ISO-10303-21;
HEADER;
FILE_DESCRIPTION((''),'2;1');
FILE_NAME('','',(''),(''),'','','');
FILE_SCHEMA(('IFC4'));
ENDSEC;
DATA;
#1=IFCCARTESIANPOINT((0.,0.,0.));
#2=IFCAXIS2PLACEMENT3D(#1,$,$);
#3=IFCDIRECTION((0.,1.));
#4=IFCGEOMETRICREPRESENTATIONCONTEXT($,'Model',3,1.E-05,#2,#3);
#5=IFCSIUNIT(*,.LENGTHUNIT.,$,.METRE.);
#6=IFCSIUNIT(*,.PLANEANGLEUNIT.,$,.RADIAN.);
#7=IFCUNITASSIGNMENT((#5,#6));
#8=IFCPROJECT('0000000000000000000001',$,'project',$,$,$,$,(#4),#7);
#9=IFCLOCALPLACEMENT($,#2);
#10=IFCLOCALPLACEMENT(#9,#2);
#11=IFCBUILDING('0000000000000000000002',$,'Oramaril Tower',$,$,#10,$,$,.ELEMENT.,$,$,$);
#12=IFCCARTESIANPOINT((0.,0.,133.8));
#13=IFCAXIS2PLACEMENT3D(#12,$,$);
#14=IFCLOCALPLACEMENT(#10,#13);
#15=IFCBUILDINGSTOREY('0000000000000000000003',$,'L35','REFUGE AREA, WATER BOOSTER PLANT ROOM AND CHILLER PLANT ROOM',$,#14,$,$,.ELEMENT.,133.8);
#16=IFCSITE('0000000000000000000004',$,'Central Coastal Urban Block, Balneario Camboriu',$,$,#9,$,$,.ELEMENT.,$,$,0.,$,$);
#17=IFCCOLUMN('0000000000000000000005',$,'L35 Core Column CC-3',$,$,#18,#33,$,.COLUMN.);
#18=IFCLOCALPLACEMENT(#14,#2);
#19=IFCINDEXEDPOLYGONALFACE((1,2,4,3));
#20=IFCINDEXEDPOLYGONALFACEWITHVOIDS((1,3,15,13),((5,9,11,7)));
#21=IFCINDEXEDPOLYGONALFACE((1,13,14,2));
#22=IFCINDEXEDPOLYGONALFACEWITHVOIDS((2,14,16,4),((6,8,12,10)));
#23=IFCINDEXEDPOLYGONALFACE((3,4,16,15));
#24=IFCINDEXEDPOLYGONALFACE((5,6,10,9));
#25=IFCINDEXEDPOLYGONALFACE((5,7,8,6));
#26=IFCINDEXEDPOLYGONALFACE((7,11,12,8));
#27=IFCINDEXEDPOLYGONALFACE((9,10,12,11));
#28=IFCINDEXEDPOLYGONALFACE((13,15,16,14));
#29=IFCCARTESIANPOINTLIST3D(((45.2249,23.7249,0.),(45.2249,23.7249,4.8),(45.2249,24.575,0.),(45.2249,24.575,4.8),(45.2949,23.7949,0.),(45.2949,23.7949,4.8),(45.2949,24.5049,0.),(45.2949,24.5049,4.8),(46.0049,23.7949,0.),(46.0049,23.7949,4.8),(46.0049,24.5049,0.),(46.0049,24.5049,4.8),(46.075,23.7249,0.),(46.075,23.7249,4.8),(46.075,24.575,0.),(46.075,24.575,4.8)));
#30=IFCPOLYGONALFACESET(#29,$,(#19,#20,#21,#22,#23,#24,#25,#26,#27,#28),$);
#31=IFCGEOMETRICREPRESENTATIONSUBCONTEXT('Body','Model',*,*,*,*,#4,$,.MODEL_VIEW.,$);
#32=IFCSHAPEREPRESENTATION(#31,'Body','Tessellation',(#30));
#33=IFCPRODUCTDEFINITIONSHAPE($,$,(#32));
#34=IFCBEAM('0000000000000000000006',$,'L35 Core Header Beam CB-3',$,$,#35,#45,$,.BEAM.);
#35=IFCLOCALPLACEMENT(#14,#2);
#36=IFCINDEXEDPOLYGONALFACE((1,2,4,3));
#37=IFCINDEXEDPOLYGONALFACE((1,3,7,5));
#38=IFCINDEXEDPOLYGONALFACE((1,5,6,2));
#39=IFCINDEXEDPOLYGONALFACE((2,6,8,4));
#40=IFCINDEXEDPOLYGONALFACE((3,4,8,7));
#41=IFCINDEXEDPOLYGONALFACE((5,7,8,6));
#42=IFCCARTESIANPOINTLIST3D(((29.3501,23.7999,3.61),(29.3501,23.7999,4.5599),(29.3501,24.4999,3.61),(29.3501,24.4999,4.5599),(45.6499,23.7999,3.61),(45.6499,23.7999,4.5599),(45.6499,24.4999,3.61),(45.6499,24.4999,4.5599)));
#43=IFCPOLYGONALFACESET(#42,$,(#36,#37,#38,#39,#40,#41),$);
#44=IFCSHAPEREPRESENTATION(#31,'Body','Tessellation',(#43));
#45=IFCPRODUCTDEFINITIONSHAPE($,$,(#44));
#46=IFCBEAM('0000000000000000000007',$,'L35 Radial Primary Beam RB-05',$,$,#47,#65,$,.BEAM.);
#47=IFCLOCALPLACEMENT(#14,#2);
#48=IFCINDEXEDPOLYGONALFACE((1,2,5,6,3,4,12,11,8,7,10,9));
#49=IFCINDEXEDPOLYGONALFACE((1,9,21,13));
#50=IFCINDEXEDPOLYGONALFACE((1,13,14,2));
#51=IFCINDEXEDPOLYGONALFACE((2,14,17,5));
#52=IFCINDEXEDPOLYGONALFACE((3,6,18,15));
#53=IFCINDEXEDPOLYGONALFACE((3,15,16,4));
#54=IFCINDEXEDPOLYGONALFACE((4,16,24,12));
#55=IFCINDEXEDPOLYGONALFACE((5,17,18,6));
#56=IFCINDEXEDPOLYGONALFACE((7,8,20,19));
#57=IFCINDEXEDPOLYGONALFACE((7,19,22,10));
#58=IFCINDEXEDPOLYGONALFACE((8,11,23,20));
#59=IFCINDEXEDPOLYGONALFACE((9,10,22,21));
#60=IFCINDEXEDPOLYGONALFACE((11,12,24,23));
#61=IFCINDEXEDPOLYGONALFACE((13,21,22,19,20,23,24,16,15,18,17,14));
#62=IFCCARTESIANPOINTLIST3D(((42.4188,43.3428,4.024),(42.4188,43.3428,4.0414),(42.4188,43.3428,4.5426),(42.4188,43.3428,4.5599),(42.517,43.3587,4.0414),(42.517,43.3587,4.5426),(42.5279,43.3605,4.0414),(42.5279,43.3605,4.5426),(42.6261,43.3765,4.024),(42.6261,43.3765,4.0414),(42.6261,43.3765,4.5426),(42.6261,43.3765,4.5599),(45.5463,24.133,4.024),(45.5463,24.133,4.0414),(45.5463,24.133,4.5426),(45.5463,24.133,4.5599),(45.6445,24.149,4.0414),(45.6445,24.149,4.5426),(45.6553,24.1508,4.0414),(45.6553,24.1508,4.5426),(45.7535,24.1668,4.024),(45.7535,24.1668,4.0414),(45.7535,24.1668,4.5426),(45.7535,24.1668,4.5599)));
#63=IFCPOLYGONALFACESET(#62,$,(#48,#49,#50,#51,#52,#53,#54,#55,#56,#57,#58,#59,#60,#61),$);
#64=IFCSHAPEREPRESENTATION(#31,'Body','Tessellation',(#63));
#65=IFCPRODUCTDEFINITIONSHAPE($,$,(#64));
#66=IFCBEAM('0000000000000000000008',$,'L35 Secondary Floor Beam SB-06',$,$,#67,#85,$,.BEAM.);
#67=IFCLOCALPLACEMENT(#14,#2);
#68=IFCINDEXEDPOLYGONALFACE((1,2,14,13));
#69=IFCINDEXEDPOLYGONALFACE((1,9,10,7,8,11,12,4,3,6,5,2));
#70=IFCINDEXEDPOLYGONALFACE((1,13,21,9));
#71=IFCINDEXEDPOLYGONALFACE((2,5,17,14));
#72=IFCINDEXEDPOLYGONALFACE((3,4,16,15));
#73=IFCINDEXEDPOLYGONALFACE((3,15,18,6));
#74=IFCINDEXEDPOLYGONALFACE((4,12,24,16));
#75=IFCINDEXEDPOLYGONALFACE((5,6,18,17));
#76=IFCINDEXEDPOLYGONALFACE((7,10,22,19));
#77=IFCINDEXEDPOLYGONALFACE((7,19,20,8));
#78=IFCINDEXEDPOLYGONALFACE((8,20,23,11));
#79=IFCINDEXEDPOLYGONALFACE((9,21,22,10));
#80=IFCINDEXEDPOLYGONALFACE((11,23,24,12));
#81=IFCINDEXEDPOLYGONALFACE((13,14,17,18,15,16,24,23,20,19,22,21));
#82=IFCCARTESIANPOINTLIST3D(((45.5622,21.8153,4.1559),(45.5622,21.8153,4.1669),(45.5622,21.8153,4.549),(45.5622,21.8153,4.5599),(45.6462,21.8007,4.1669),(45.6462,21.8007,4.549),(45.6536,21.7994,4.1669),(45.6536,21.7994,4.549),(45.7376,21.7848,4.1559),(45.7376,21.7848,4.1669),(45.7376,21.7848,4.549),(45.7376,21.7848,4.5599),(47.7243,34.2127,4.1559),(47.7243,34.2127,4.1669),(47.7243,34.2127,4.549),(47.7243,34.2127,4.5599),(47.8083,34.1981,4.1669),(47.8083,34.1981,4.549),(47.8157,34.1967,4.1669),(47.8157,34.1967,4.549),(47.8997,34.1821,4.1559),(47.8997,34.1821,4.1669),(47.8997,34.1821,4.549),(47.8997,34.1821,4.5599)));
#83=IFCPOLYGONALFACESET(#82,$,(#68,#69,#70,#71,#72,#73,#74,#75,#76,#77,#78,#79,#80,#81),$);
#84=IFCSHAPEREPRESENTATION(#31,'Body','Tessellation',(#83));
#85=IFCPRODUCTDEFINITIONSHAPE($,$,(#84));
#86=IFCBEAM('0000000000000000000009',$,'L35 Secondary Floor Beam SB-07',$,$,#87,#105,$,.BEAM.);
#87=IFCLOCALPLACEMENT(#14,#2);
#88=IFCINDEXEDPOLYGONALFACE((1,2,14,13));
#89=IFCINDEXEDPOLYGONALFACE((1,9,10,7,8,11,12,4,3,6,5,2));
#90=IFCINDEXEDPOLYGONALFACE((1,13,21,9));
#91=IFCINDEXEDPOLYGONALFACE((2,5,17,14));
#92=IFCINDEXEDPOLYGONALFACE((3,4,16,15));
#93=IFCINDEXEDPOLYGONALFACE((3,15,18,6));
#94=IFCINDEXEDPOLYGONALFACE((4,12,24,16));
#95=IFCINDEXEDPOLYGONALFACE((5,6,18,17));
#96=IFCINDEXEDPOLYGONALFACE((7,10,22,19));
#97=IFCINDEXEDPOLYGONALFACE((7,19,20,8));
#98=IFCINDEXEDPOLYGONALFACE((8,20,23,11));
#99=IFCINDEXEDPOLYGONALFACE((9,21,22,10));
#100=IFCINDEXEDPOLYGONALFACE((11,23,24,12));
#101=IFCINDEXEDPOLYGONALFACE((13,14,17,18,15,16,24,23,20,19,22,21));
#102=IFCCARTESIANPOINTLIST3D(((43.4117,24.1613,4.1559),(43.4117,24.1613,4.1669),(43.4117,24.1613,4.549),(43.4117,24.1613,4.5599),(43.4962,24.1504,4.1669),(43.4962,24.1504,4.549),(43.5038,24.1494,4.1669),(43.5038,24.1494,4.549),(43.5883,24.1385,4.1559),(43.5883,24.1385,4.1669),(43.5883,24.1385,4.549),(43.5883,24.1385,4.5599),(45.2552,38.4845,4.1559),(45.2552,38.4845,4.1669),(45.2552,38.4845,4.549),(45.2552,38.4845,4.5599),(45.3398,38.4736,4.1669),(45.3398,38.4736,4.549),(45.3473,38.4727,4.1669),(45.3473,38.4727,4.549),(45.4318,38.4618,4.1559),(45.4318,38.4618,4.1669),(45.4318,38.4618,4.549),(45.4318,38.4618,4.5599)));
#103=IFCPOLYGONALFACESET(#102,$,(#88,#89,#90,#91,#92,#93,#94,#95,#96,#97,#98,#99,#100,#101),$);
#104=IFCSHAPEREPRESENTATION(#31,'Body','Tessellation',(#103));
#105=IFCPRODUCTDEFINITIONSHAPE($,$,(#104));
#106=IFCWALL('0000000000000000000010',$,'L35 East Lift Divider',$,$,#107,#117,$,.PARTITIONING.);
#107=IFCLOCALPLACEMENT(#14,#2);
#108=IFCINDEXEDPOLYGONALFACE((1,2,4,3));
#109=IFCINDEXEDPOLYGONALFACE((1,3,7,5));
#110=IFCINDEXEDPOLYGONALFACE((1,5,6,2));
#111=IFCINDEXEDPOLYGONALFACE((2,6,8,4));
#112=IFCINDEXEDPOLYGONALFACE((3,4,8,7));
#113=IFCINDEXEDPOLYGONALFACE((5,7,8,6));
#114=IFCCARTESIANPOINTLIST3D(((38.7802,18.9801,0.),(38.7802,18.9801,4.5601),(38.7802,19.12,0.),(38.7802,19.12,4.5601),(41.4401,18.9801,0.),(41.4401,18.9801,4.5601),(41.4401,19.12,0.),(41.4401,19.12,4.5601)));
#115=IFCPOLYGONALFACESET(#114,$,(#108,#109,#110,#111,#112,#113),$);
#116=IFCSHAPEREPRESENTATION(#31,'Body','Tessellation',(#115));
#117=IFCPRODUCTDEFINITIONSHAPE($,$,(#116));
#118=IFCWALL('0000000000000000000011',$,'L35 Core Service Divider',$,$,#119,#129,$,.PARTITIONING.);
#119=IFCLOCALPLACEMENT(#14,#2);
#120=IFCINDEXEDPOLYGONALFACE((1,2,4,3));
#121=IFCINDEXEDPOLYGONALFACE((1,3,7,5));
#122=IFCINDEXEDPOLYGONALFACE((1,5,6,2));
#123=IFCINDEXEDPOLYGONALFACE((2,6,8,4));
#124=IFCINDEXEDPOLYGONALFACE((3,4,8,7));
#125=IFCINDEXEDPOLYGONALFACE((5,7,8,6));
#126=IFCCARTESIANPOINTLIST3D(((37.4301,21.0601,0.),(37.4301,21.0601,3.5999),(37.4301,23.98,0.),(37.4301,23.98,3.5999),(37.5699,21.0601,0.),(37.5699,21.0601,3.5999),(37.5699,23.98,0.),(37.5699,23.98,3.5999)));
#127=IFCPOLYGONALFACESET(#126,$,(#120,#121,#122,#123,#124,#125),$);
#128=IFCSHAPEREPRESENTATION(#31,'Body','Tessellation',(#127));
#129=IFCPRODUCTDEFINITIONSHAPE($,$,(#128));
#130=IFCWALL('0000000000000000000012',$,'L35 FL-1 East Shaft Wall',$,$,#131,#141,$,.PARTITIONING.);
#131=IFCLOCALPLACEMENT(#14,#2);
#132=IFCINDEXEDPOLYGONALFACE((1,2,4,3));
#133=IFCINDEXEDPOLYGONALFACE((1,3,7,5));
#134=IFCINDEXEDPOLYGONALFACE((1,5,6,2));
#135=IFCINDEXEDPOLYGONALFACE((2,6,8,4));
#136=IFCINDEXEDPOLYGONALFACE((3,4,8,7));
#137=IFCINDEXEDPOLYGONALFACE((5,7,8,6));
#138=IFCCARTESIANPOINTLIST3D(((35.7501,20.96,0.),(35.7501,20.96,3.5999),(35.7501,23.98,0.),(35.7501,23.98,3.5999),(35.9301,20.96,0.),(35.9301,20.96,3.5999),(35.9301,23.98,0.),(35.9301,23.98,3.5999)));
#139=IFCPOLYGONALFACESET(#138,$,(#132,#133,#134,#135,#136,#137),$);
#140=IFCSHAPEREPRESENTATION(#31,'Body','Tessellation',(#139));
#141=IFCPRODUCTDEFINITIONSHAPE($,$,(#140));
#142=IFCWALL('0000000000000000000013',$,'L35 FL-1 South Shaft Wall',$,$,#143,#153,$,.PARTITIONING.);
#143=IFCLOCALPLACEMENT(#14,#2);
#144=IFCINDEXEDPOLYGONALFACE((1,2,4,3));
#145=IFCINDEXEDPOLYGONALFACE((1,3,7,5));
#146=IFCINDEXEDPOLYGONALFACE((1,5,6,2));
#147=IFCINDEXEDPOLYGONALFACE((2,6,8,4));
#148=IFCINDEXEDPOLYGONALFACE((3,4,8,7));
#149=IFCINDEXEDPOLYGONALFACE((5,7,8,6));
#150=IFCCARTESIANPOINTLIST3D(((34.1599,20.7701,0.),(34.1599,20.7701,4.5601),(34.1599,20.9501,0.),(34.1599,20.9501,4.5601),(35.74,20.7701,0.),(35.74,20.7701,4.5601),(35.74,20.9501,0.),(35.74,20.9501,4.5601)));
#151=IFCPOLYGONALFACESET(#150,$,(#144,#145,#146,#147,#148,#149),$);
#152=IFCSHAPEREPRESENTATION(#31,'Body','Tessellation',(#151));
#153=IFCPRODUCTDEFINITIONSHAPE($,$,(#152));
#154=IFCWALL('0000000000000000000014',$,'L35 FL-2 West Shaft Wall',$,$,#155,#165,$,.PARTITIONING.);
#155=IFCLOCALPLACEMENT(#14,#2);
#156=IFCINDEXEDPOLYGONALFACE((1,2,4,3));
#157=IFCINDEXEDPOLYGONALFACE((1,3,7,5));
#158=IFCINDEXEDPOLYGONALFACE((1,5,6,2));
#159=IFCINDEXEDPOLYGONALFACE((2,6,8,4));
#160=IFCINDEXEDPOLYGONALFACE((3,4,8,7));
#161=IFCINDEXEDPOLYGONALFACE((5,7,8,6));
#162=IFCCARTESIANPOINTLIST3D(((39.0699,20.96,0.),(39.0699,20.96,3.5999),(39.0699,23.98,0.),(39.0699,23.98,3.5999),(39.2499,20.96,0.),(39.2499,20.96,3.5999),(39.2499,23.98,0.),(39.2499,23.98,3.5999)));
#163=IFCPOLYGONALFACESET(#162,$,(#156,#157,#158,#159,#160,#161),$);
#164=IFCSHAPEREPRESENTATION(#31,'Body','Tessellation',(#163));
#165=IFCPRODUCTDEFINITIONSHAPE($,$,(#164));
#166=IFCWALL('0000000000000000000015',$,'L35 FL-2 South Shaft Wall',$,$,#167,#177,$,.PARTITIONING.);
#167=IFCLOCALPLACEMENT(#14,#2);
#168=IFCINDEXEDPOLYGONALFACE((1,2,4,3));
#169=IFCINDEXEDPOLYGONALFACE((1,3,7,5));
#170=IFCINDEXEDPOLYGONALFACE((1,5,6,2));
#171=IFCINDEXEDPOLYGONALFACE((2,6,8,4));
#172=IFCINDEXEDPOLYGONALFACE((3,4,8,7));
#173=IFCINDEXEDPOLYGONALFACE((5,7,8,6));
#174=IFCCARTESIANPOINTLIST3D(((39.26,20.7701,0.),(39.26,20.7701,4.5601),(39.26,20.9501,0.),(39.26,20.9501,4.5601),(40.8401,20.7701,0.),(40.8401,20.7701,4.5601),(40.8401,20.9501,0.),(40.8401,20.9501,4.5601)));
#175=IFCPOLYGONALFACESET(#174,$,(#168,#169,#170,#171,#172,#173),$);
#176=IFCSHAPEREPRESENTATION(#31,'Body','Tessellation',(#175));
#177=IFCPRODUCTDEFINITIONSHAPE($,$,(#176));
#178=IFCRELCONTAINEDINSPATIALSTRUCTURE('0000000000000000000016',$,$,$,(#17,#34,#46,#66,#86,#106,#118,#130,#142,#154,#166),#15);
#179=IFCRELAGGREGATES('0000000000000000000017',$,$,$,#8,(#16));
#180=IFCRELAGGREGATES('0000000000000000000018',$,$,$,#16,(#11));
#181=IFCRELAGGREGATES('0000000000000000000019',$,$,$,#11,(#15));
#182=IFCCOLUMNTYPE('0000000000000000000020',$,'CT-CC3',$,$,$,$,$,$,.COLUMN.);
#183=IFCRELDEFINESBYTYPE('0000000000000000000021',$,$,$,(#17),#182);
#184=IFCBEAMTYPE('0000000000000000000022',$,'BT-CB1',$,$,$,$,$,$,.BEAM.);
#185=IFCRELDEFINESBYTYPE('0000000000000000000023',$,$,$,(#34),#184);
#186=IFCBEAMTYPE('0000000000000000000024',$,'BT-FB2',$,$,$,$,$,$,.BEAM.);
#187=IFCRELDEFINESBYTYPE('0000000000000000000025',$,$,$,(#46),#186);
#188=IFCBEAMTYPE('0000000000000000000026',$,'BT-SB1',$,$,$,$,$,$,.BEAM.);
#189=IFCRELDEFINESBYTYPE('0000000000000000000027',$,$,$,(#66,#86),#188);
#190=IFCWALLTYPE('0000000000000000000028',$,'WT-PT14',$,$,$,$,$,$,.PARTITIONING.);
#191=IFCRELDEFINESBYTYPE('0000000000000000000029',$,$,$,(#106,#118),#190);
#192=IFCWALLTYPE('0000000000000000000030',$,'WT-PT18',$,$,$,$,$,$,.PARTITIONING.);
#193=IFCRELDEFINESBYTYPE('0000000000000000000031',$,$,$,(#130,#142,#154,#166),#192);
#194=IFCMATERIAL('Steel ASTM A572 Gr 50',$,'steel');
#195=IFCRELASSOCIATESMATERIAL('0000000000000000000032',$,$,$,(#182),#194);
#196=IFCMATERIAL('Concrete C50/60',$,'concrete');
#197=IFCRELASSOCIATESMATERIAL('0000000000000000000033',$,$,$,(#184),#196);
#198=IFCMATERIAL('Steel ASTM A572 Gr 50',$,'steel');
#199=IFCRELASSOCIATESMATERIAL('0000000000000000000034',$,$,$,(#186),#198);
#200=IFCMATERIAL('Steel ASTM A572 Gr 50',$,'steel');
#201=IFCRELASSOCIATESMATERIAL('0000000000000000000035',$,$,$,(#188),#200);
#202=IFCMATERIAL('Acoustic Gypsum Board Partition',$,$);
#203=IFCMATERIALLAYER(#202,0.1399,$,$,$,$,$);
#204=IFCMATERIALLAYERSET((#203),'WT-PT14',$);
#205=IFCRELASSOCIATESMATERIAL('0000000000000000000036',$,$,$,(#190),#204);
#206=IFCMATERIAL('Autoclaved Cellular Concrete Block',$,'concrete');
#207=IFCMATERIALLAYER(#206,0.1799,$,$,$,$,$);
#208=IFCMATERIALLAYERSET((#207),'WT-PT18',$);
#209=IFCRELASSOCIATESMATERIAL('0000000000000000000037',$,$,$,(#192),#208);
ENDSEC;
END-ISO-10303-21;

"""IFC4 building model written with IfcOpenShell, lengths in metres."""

from ifc_helpers import new_model, si_unit, direction, frame, frame_2d, origin, origin_2d, place, context, subcontext, project, spatial, rectangle, hollow_rectangle, i_section, extrude, material, layer, layer_set, material_profile, profile_set, type_object, element, save


model = new_model("IFC4")

# Units and contexts
model_context = context("Model", 3, precision=1e-05, world=origin(), true_north=direction((0.0, 1.0)))
body_context = subcontext(model_context, "Body", "Model", "MODEL_VIEW")
ifc_project = project(units=[si_unit("LENGTHUNIT", "METRE"), si_unit("PLANEANGLEUNIT", "RADIAN")], contexts=[model_context])

# Site, building, storey
site_placement = place(None, origin())
site = spatial("IfcSite", under=ifc_project, at=site_placement, Name="Central Coastal Urban Block, Balneario Camboriu", CompositionType="ELEMENT", RefElevation=0.0)
building_placement = place(site_placement, origin())
building = spatial("IfcBuilding", under=site, at=building_placement, Name="Oramaril Tower", CompositionType="ELEMENT")
storey_placement = place(building_placement, frame((0.0, 0.0, 133.8)))
storey = spatial("IfcBuildingStorey", under=building, at=storey_placement, Name="L35", Description="REFUGE AREA, WATER BOOSTER PLANT ROOM AND CHILLER PLANT ROOM", CompositionType="ELEMENT", Elevation=133.8)

# Column
ifc_material_1 = material(Name="Steel ASTM A572 Gr 50", Category="steel")
ifc_material_profile_1 = material_profile(ifc_material_1, hollow_rectangle(XDim=0.8501, YDim=0.8501, WallThickness=0.0701, at=origin_2d()), Name="BOX850X850X70")
ifc_profile_set_1 = profile_set([ifc_material_profile_1], Name="Steel ASTM A572 Gr 50")
column_type = type_object("IfcColumnType", Name="CT-CC3", PredefinedType="COLUMN", material=ifc_profile_set_1)
column_placement = place(storey_placement, frame((45.6499, 24.1499, 0.0), z_axis=(0.0, 0.0, 1.0), x_axis=(1.0, 0.0, 0.0)))
element("IfcColumn", 1, at=column_placement, inside=storey, type_object=column_type, Name="L35 Core Column CC-3", PredefinedType="COLUMN", context=body_context, shape_type="SweptSolid", body=[
    extrude(hollow_rectangle(XDim=0.8501, YDim=0.8501, WallThickness=0.0701, at=origin_2d()), origin(), (0.0, 0.0, 1.0), 4.8),
])

# Beams
ifc_material_2 = material(Name="Concrete C50/60", Category="concrete")
ifc_material_profile_2 = material_profile(ifc_material_2, rectangle(XDim=0.7, YDim=0.95, at=origin_2d()), Name="CB700X950")
ifc_profile_set_2 = profile_set([ifc_material_profile_2], Name="Concrete C50/60")
beam_type_1 = type_object("IfcBeamType", Name="BT-CB1", PredefinedType="BEAM", material=ifc_profile_set_2)
beam_1_placement = place(storey_placement, frame((45.6499, 24.1499, 4.085), z_axis=(-1.0, 0.0, 0.0), x_axis=(0.0, -1.0, 0.0)))
element("IfcBeam", 2, at=beam_1_placement, inside=storey, type_object=beam_type_1, Name="L35 Core Header Beam CB-3", PredefinedType="BEAM", context=body_context, shape_type="SweptSolid", body=[
    extrude(rectangle(XDim=0.7, YDim=0.95, at=origin_2d()), origin(), (0.0, 0.0, 1.0), 16.2998),
])
ifc_material_3 = material(Name="Steel ASTM A572 Gr 50", Category="steel")
ifc_material_profile_3 = material_profile(ifc_material_3, i_section(OverallWidth=0.21, OverallDepth=0.5359, WebThickness=0.011, FlangeThickness=0.0173, at=origin_2d()), Name="W21X68")
ifc_profile_set_3 = profile_set([ifc_material_profile_3], Name="Steel ASTM A572 Gr 50")
beam_type_2 = type_object("IfcBeamType", Name="BT-FB2", PredefinedType="BEAM", material=ifc_profile_set_3)
beam_2_placement = place(storey_placement, frame((45.6499, 24.1499, 4.292), z_axis=(-0.16069, 0.987005, 0.0), x_axis=(-0.987005, -0.16069, 0.0)))
element("IfcBeam", 3, at=beam_2_placement, inside=storey, type_object=beam_type_2, Name="L35 Radial Primary Beam RB-05", PredefinedType="BEAM", context=body_context, shape_type="SweptSolid", body=[
    extrude(i_section(OverallWidth=0.21, OverallDepth=0.5359, WebThickness=0.011, FlangeThickness=0.0173, at=origin_2d()), origin(), (0.0, 0.0, 1.0), 19.4626),
])
ifc_material_4 = material(Name="Steel ASTM A572 Gr 50", Category="steel")
ifc_material_profile_4 = material_profile(ifc_material_4, i_section(OverallWidth=0.178, OverallDepth=0.4041, WebThickness=0.0076, FlangeThickness=0.011, at=origin_2d()), Name="W16X36")
ifc_profile_set_4 = profile_set([ifc_material_profile_4], Name="Steel ASTM A572 Gr 50")
beam_type_3 = type_object("IfcBeamType", Name="BT-SB1", PredefinedType="BEAM", material=ifc_profile_set_4)
beam_3_placement = place(storey_placement, frame((45.6499, 21.8, 4.3579), z_axis=(0.171806, 0.985131, 0.0), x_axis=(-0.985131, 0.171806, 0.0)))
element("IfcBeam", 4, at=beam_3_placement, inside=storey, type_object=beam_type_3, Name="L35 Secondary Floor Beam SB-06", PredefinedType="BEAM", context=body_context, shape_type="SweptSolid", body=[
    extrude(i_section(OverallWidth=0.178, OverallDepth=0.4041, WebThickness=0.0076, FlangeThickness=0.011, at=origin_2d()), origin(), (0.0, 0.0, 1.0), 12.5845),
])
beam_4_placement = place(storey_placement, frame((43.5, 24.1499, 4.3579), z_axis=(0.127654, 0.991819, 0.0), x_axis=(-0.991819, 0.127654, 0.0)))
element("IfcBeam", 5, at=beam_4_placement, inside=storey, type_object=beam_type_3, Name="L35 Secondary Floor Beam SB-07", PredefinedType="BEAM", context=body_context, shape_type="SweptSolid", body=[
    extrude(i_section(OverallWidth=0.178, OverallDepth=0.4041, WebThickness=0.0076, FlangeThickness=0.011, at=origin_2d()), origin(), (0.0, 0.0, 1.0), 14.4414),
])

# Walls
ifc_material_5 = material(Name="Acoustic Gypsum Board Partition")
ifc_layer_1 = layer(ifc_material_5, 0.1399)
ifc_layer_set_1 = layer_set([ifc_layer_1], Name="WT-PT14")
wall_type_1 = type_object("IfcWallType", Name="WT-PT14", PredefinedType="PARTITIONING", material=ifc_layer_set_1)
wall_1_placement = place(storey_placement, frame((38.78, 19.05, 0.0), z_axis=(0.0, 0.0, 1.0), x_axis=(1.0, 0.0, 0.0)))
element("IfcWall", 6, at=wall_1_placement, inside=storey, type_object=wall_type_1, Name="L35 East Lift Divider", PredefinedType="PARTITIONING", context=body_context, shape_type="SweptSolid", body=[
    extrude(rectangle(XDim=2.6599, YDim=0.1399, at=frame_2d((1.3301, 0.0))), origin(), (0.0, 0.0, 1.0), 4.5601),
])
wall_2_placement = place(storey_placement, frame((37.5, 21.0601, 0.0), z_axis=(0.0, 0.0, 1.0), x_axis=(0.0, 1.0, 0.0)))
element("IfcWall", 7, at=wall_2_placement, inside=storey, type_object=wall_type_1, Name="L35 Core Service Divider", PredefinedType="PARTITIONING", context=body_context, shape_type="SweptSolid", body=[
    extrude(rectangle(XDim=2.9199, YDim=0.1399, at=frame_2d((1.46, 0.0))), origin(), (0.0, 0.0, 1.0), 3.5999),
])
ifc_material_6 = material(Name="Autoclaved Cellular Concrete Block", Category="concrete")
ifc_layer_2 = layer(ifc_material_6, 0.1799)
ifc_layer_set_2 = layer_set([ifc_layer_2], Name="WT-PT18")
wall_type_2 = type_object("IfcWallType", Name="WT-PT18", PredefinedType="PARTITIONING", material=ifc_layer_set_2)
wall_3_placement = place(storey_placement, frame((35.8401, 20.96, 0.0), z_axis=(0.0, 0.0, 1.0), x_axis=(0.0, 1.0, 0.0)))
element("IfcWall", 8, at=wall_3_placement, inside=storey, type_object=wall_type_2, Name="L35 FL-1 East Shaft Wall", PredefinedType="PARTITIONING", context=body_context, shape_type="SweptSolid", body=[
    extrude(rectangle(XDim=3.02, YDim=0.1799, at=frame_2d((1.51, 0.0))), origin(), (0.0, 0.0, 1.0), 3.5999),
])
wall_4_placement = place(storey_placement, frame((34.1599, 20.8601, 0.0), z_axis=(0.0, 0.0, 1.0), x_axis=(1.0, 0.0, 0.0)))
element("IfcWall", 9, at=wall_4_placement, inside=storey, type_object=wall_type_2, Name="L35 FL-1 South Shaft Wall", PredefinedType="PARTITIONING", context=body_context, shape_type="SweptSolid", body=[
    extrude(rectangle(XDim=1.5801, YDim=0.1799, at=frame_2d((0.79, 0.0))), origin(), (0.0, 0.0, 1.0), 4.5601),
])
wall_5_placement = place(storey_placement, frame((39.1599, 20.96, 0.0), z_axis=(0.0, 0.0, 1.0), x_axis=(0.0, 1.0, 0.0)))
element("IfcWall", 10, at=wall_5_placement, inside=storey, type_object=wall_type_2, Name="L35 FL-2 West Shaft Wall", PredefinedType="PARTITIONING", context=body_context, shape_type="SweptSolid", body=[
    extrude(rectangle(XDim=3.02, YDim=0.1799, at=frame_2d((1.51, 0.0))), origin(), (0.0, 0.0, 1.0), 3.5999),
])
wall_6_placement = place(storey_placement, frame((39.26, 20.8601, 0.0), z_axis=(0.0, 0.0, 1.0), x_axis=(1.0, 0.0, 0.0)))
element("IfcWall", 11, at=wall_6_placement, inside=storey, type_object=wall_type_2, Name="L35 FL-2 South Shaft Wall", PredefinedType="PARTITIONING", context=body_context, shape_type="SweptSolid", body=[
    extrude(rectangle(XDim=1.5801, YDim=0.1799, at=frame_2d((0.79, 0.0))), origin(), (0.0, 0.0, 1.0), 4.5601),
])

save(model, "model.ifc")
